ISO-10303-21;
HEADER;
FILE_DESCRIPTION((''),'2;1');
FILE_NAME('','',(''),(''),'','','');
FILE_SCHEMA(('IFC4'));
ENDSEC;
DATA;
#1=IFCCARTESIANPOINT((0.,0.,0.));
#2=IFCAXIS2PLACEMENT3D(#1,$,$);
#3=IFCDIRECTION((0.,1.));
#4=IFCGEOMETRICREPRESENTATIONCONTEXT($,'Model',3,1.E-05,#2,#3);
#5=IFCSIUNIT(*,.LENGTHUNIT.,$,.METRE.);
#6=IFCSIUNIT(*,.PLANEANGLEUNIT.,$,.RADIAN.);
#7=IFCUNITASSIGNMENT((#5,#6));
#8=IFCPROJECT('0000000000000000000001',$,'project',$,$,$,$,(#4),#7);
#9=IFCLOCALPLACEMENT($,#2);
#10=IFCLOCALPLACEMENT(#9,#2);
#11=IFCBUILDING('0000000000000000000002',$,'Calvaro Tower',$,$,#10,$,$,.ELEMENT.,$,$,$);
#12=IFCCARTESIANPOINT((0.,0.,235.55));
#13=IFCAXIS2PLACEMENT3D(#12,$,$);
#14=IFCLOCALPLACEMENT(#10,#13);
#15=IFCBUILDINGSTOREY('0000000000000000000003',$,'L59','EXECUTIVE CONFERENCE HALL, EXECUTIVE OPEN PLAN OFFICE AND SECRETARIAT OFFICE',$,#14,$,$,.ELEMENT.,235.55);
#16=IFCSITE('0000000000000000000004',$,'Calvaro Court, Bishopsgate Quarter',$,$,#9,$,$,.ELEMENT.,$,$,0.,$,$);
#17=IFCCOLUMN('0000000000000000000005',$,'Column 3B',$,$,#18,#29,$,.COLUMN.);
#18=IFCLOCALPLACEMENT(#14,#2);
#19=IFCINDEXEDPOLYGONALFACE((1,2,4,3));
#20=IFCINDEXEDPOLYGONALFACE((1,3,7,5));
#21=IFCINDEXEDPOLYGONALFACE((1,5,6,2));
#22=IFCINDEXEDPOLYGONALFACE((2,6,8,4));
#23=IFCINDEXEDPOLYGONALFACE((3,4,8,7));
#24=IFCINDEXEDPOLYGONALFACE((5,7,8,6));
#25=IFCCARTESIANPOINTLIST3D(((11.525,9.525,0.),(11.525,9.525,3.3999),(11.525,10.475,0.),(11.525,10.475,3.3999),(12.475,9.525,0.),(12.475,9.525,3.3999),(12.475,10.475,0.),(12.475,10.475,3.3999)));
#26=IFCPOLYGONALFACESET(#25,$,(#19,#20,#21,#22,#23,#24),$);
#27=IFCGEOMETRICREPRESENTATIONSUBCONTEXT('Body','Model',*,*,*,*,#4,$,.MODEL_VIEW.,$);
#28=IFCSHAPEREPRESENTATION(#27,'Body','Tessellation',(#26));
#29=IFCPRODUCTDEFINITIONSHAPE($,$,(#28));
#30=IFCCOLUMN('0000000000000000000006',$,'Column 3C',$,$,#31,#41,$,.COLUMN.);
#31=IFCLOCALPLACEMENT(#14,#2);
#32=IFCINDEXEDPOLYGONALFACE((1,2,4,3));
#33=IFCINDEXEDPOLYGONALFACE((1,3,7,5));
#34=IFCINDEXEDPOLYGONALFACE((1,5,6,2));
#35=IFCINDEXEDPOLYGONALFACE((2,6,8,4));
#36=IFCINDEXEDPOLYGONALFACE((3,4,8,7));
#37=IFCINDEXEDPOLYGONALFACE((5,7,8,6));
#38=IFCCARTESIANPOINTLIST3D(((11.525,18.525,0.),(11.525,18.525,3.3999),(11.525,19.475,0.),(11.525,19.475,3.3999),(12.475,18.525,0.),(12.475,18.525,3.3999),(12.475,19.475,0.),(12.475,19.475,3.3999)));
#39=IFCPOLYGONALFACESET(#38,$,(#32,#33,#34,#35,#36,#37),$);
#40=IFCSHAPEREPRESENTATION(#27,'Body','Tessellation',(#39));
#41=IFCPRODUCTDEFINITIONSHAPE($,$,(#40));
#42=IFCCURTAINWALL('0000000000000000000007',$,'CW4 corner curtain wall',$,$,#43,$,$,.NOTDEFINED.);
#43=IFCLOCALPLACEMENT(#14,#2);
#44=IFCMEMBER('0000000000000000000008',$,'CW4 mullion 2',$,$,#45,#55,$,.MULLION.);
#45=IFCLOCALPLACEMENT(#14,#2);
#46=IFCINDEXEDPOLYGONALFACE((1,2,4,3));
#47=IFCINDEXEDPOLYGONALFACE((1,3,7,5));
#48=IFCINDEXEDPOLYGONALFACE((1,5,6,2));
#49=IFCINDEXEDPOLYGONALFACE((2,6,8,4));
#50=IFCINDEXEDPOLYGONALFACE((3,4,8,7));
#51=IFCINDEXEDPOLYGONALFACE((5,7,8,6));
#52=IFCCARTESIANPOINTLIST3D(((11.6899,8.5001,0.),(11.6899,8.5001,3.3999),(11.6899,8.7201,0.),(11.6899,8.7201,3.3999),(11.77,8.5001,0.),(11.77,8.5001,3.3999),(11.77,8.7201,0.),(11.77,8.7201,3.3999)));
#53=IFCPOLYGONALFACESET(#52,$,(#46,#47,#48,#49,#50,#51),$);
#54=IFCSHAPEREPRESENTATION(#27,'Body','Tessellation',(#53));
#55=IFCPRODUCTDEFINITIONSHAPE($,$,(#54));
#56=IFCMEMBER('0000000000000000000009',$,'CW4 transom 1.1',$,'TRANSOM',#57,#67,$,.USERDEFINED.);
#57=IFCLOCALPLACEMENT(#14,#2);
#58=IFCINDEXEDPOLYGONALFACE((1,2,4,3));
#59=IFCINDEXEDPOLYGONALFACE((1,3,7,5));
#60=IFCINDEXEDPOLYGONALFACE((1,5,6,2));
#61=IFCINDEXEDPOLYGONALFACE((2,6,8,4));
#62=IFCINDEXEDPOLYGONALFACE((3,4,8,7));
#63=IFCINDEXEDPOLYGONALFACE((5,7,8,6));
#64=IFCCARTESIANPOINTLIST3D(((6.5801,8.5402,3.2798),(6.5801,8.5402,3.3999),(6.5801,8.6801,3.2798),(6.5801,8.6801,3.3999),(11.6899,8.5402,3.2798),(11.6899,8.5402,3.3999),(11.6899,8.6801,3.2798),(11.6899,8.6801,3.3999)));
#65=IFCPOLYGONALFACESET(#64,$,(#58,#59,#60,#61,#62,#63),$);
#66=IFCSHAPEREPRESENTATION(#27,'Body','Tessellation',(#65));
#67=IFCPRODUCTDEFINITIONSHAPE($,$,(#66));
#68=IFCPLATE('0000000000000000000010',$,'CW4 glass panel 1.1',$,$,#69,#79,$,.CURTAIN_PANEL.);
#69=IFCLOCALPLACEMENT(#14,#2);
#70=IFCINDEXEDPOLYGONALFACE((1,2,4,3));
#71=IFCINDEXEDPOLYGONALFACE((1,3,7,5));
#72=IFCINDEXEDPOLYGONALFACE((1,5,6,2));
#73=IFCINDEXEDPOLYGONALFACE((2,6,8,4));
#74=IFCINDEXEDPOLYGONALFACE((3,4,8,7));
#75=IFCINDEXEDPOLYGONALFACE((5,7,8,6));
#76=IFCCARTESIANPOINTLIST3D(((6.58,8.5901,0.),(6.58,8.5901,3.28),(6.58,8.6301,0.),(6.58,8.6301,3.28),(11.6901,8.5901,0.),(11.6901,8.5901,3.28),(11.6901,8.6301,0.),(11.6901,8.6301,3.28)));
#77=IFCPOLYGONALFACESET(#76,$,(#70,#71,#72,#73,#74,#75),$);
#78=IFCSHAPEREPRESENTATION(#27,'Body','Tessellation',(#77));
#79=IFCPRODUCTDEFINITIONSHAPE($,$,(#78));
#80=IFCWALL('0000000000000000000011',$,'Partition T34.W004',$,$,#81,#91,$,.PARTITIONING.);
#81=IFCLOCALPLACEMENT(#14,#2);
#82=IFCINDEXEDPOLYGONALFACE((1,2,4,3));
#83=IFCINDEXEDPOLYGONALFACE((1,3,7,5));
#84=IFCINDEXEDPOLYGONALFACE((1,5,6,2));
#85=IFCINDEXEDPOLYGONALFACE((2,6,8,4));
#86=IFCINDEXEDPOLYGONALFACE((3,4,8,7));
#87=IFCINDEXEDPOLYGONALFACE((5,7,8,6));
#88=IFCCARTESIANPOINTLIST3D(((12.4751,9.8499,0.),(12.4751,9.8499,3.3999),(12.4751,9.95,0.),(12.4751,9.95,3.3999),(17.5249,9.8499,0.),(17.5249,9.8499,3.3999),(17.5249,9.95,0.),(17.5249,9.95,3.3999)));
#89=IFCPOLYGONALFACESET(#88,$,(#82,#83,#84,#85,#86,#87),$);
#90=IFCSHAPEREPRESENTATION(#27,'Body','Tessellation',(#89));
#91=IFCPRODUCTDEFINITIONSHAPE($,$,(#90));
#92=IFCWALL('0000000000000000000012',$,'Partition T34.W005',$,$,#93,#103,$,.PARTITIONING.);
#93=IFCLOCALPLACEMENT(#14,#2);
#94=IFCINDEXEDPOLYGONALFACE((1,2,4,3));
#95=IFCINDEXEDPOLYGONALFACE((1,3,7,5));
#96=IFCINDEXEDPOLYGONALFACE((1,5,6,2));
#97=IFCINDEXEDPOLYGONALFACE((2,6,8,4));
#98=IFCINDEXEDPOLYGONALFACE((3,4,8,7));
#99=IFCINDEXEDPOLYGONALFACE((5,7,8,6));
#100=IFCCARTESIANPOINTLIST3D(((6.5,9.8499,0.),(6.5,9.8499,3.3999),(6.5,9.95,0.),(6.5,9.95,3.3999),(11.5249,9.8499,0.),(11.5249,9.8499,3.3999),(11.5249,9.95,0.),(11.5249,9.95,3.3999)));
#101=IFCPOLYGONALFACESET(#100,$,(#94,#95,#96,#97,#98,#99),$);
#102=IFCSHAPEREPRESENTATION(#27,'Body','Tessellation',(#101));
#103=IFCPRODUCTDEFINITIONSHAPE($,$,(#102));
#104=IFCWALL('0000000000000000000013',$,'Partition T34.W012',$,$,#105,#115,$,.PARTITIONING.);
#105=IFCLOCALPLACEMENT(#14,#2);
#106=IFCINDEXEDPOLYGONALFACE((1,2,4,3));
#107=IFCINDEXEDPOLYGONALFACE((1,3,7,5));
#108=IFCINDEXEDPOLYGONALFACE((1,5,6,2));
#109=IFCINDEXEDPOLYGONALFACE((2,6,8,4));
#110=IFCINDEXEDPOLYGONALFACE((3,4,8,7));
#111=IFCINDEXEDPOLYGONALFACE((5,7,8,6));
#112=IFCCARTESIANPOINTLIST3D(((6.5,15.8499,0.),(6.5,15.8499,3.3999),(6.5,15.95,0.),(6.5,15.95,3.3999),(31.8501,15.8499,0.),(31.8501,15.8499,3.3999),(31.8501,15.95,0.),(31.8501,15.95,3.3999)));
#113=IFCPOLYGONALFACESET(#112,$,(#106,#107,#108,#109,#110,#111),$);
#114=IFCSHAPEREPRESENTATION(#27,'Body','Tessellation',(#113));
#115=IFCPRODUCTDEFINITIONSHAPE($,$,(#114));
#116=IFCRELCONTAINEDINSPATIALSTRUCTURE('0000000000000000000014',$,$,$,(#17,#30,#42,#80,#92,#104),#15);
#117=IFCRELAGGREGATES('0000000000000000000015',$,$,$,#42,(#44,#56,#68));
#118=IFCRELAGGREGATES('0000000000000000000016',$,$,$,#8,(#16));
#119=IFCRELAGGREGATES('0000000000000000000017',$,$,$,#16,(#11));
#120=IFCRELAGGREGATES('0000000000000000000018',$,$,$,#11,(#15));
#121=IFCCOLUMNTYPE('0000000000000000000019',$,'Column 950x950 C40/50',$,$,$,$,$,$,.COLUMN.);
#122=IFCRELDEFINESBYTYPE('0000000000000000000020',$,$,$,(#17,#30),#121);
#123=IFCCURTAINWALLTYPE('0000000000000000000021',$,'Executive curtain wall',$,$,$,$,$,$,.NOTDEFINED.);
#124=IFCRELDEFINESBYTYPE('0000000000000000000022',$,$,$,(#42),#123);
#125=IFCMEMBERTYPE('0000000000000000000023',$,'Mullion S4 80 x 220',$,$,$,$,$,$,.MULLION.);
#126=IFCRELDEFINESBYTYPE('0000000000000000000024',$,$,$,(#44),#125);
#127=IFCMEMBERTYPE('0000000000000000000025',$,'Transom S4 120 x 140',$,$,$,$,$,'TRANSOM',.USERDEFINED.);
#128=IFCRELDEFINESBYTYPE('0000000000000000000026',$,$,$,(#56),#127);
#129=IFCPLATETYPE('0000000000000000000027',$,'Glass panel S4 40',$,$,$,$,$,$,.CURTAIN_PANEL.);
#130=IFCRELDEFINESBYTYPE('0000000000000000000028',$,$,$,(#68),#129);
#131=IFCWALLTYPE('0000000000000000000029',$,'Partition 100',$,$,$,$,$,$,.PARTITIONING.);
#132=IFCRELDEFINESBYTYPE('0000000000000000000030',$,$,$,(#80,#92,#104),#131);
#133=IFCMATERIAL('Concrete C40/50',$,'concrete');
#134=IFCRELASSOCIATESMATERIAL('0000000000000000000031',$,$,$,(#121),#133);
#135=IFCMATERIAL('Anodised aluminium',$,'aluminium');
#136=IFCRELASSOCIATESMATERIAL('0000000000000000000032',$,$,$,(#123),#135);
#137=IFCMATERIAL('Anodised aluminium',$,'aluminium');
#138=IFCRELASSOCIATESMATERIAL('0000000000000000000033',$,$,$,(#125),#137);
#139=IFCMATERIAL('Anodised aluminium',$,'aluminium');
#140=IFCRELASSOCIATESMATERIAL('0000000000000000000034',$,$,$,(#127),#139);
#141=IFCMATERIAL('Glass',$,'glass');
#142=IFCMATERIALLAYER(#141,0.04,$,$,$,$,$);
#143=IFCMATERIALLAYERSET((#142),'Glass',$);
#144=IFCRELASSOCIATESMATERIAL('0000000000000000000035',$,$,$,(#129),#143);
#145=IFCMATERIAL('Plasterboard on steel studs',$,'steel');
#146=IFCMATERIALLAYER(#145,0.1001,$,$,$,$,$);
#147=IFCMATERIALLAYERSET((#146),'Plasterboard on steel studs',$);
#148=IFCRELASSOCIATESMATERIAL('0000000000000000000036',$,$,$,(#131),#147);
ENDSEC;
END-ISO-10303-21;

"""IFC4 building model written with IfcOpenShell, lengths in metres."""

from ifc_helpers import new_model, si_unit, direction, frame, frame_2d, origin, origin_2d, place, context, subcontext, project, spatial, rectangle, extrude, material, layer, layer_set, material_profile, profile_set, type_object, element, aggregate, save


model = new_model("IFC4")

# Units and contexts
model_context = context("Model", 3, precision=1e-05, world=origin(), true_north=direction((0.0, 1.0)))
body_context = subcontext(model_context, "Body", "Model", "MODEL_VIEW")
ifc_project = project(units=[si_unit("LENGTHUNIT", "METRE"), si_unit("PLANEANGLEUNIT", "RADIAN")], contexts=[model_context])

# Site, building, storey
site_placement = place(None, origin())
site = spatial("IfcSite", under=ifc_project, at=site_placement, Name="Calvaro Court, Bishopsgate Quarter", CompositionType="ELEMENT", RefElevation=0.0)
building_placement = place(site_placement, origin())
building = spatial("IfcBuilding", under=site, at=building_placement, Name="Calvaro Tower", CompositionType="ELEMENT")
storey_placement = place(building_placement, frame((0.0, 0.0, 235.55)))
storey = spatial("IfcBuildingStorey", under=building, at=storey_placement, Name="L59", Description="EXECUTIVE CONFERENCE HALL, EXECUTIVE OPEN PLAN OFFICE AND SECRETARIAT OFFICE", CompositionType="ELEMENT", Elevation=235.55)

# Columns
ifc_material_1 = material(Name="Concrete C40/50", Category="concrete")
ifc_material_profile_1 = material_profile(ifc_material_1, rectangle(XDim=0.95, YDim=0.95, at=origin_2d()), Name="RC 950x950")
ifc_profile_set_1 = profile_set([ifc_material_profile_1], Name="Concrete C40/50")
column_type = type_object("IfcColumnType", Name="Column 950x950 C40/50", PredefinedType="COLUMN", material=ifc_profile_set_1)
for number, where, z_axis, x_axis, name in (
    (1, (12.0, 10.0, 0.0), (0.0, 0.0, 1.0), (1.0, 0.0, 0.0), "Column 3B"),
    (2, (12.0, 19.0, 0.0), (0.0, 0.0, 1.0), (1.0, 0.0, 0.0), "Column 3C"),
):
    element("IfcColumn", number, at=place(storey_placement, frame(where, z_axis=z_axis, x_axis=x_axis)), inside=storey, type_object=column_type, Name=name, PredefinedType="COLUMN", context=body_context, shape_type="SweptSolid", body=[
        extrude(rectangle(XDim=0.95, YDim=0.95, at=origin_2d()), origin(), (0.0, 0.0, 1.0), 3.3999),
    ])

# Curtain wall, members, plate
ifc_material_2 = material(Name="Anodised aluminium", Category="aluminium")
curtain_wall_type = type_object("IfcCurtainWallType", Name="Executive curtain wall", PredefinedType="NOTDEFINED", material=ifc_material_2)
curtain_wall_placement = place(storey_placement, origin())
curtain_wall = element("IfcCurtainWall", 3, at=curtain_wall_placement, inside=storey, type_object=curtain_wall_type, Name="CW4 corner curtain wall", PredefinedType="NOTDEFINED")
ifc_material_3 = material(Name="Anodised aluminium", Category="aluminium")
ifc_material_profile_2 = material_profile(ifc_material_3, rectangle(XDim=0.22, YDim=0.0801, at=origin_2d()), Name="Mullion S4 80 x 220")
ifc_profile_set_2 = profile_set([ifc_material_profile_2], Name="Anodised aluminium")
member_type_1 = type_object("IfcMemberType", Name="Mullion S4 80 x 220", PredefinedType="MULLION", material=ifc_profile_set_2)
member_1_placement = place(storey_placement, frame((11.73, 8.6101, 0.0), z_axis=(0.0, 0.0, 1.0), x_axis=(0.0, 1.0, 0.0)))
member_1 = element("IfcMember", 4, at=member_1_placement, type_object=member_type_1, Name="CW4 mullion 2", PredefinedType="MULLION", context=body_context, shape_type="SweptSolid", body=[
    extrude(rectangle(XDim=0.22, YDim=0.0801, at=origin_2d()), origin(), (0.0, 0.0, 1.0), 3.3999),
])
ifc_material_4 = material(Name="Anodised aluminium", Category="aluminium")
ifc_material_profile_3 = material_profile(ifc_material_4, rectangle(XDim=0.1399, YDim=0.1201, at=origin_2d()), Name="Transom S4 120 x 140")
ifc_profile_set_3 = profile_set([ifc_material_profile_3], Name="Anodised aluminium")
member_type_2 = type_object("IfcMemberType", Name="Transom S4 120 x 140", ElementType="TRANSOM", PredefinedType="USERDEFINED", material=ifc_profile_set_3)
member_2_placement = place(storey_placement, frame((6.5801, 8.6101, 3.3398), z_axis=(1.0, 0.0, 0.0), x_axis=(0.0, 1.0, 0.0)))
member_2 = element("IfcMember", 5, at=member_2_placement, type_object=member_type_2, Name="CW4 transom 1.1", ObjectType="TRANSOM", PredefinedType="USERDEFINED", context=body_context, shape_type="SweptSolid", body=[
    extrude(rectangle(XDim=0.1399, YDim=0.1201, at=origin_2d()), origin(), (0.0, 0.0, 1.0), 5.1099),
])
ifc_material_5 = material(Name="Glass", Category="glass")
ifc_layer_1 = layer(ifc_material_5, 0.04)
ifc_layer_set_1 = layer_set([ifc_layer_1], Name="Glass")
plate_type = type_object("IfcPlateType", Name="Glass panel S4 40", PredefinedType="CURTAIN_PANEL", material=ifc_layer_set_1)
plate_placement = place(storey_placement, frame((9.135, 8.6101, 0.0), z_axis=(0.0, 0.0, 1.0), x_axis=(1.0, 0.0, 0.0)))
plate = element("IfcPlate", 6, at=plate_placement, type_object=plate_type, Name="CW4 glass panel 1.1", PredefinedType="CURTAIN_PANEL", context=body_context, shape_type="SweptSolid", body=[
    extrude(rectangle(XDim=5.1101, YDim=0.04, at=origin_2d()), origin(), (0.0, 0.0, 1.0), 3.28),
])
aggregate(curtain_wall, [member_1, member_2, plate])

# Walls
ifc_material_6 = material(Name="Plasterboard on steel studs", Category="steel")
ifc_layer_2 = layer(ifc_material_6, 0.1001)
ifc_layer_set_2 = layer_set([ifc_layer_2], Name="Plasterboard on steel studs")
wall_type = type_object("IfcWallType", Name="Partition 100", PredefinedType="PARTITIONING", material=ifc_layer_set_2)
wall_1_placement = place(storey_placement, frame((12.4751, 9.8999, 0.0), z_axis=(0.0, 0.0, 1.0), x_axis=(1.0, 0.0, 0.0)))
element("IfcWall", 7, at=wall_1_placement, inside=storey, type_object=wall_type, Name="Partition T34.W004", PredefinedType="PARTITIONING", context=body_context, shape_type="SweptSolid", body=[
    extrude(rectangle(XDim=5.0498, YDim=0.1001, at=frame_2d((2.5249, 0.0))), origin(), (0.0, 0.0, 1.0), 3.3999),
])
wall_2_placement = place(storey_placement, frame((6.5, 9.8999, 0.0), z_axis=(0.0, 0.0, 1.0), x_axis=(1.0, 0.0, 0.0)))
element("IfcWall", 8, at=wall_2_placement, inside=storey, type_object=wall_type, Name="Partition T34.W005", PredefinedType="PARTITIONING", context=body_context, shape_type="SweptSolid", body=[
    extrude(rectangle(XDim=5.0249, YDim=0.1001, at=frame_2d((2.5125, 0.0))), origin(), (0.0, 0.0, 1.0), 3.3999),
])
wall_3_placement = place(storey_placement, frame((6.5, 15.8999, 0.0), z_axis=(0.0, 0.0, 1.0), x_axis=(1.0, 0.0, 0.0)))
element("IfcWall", 9, at=wall_3_placement, inside=storey, type_object=wall_type, Name="Partition T34.W012", PredefinedType="PARTITIONING", context=body_context, shape_type="SweptSolid", body=[
    extrude(rectangle(XDim=25.3501, YDim=0.1001, at=frame_2d((12.675, 0.0))), origin(), (0.0, 0.0, 1.0), 3.3999),
])

save(model, "model.ifc")
